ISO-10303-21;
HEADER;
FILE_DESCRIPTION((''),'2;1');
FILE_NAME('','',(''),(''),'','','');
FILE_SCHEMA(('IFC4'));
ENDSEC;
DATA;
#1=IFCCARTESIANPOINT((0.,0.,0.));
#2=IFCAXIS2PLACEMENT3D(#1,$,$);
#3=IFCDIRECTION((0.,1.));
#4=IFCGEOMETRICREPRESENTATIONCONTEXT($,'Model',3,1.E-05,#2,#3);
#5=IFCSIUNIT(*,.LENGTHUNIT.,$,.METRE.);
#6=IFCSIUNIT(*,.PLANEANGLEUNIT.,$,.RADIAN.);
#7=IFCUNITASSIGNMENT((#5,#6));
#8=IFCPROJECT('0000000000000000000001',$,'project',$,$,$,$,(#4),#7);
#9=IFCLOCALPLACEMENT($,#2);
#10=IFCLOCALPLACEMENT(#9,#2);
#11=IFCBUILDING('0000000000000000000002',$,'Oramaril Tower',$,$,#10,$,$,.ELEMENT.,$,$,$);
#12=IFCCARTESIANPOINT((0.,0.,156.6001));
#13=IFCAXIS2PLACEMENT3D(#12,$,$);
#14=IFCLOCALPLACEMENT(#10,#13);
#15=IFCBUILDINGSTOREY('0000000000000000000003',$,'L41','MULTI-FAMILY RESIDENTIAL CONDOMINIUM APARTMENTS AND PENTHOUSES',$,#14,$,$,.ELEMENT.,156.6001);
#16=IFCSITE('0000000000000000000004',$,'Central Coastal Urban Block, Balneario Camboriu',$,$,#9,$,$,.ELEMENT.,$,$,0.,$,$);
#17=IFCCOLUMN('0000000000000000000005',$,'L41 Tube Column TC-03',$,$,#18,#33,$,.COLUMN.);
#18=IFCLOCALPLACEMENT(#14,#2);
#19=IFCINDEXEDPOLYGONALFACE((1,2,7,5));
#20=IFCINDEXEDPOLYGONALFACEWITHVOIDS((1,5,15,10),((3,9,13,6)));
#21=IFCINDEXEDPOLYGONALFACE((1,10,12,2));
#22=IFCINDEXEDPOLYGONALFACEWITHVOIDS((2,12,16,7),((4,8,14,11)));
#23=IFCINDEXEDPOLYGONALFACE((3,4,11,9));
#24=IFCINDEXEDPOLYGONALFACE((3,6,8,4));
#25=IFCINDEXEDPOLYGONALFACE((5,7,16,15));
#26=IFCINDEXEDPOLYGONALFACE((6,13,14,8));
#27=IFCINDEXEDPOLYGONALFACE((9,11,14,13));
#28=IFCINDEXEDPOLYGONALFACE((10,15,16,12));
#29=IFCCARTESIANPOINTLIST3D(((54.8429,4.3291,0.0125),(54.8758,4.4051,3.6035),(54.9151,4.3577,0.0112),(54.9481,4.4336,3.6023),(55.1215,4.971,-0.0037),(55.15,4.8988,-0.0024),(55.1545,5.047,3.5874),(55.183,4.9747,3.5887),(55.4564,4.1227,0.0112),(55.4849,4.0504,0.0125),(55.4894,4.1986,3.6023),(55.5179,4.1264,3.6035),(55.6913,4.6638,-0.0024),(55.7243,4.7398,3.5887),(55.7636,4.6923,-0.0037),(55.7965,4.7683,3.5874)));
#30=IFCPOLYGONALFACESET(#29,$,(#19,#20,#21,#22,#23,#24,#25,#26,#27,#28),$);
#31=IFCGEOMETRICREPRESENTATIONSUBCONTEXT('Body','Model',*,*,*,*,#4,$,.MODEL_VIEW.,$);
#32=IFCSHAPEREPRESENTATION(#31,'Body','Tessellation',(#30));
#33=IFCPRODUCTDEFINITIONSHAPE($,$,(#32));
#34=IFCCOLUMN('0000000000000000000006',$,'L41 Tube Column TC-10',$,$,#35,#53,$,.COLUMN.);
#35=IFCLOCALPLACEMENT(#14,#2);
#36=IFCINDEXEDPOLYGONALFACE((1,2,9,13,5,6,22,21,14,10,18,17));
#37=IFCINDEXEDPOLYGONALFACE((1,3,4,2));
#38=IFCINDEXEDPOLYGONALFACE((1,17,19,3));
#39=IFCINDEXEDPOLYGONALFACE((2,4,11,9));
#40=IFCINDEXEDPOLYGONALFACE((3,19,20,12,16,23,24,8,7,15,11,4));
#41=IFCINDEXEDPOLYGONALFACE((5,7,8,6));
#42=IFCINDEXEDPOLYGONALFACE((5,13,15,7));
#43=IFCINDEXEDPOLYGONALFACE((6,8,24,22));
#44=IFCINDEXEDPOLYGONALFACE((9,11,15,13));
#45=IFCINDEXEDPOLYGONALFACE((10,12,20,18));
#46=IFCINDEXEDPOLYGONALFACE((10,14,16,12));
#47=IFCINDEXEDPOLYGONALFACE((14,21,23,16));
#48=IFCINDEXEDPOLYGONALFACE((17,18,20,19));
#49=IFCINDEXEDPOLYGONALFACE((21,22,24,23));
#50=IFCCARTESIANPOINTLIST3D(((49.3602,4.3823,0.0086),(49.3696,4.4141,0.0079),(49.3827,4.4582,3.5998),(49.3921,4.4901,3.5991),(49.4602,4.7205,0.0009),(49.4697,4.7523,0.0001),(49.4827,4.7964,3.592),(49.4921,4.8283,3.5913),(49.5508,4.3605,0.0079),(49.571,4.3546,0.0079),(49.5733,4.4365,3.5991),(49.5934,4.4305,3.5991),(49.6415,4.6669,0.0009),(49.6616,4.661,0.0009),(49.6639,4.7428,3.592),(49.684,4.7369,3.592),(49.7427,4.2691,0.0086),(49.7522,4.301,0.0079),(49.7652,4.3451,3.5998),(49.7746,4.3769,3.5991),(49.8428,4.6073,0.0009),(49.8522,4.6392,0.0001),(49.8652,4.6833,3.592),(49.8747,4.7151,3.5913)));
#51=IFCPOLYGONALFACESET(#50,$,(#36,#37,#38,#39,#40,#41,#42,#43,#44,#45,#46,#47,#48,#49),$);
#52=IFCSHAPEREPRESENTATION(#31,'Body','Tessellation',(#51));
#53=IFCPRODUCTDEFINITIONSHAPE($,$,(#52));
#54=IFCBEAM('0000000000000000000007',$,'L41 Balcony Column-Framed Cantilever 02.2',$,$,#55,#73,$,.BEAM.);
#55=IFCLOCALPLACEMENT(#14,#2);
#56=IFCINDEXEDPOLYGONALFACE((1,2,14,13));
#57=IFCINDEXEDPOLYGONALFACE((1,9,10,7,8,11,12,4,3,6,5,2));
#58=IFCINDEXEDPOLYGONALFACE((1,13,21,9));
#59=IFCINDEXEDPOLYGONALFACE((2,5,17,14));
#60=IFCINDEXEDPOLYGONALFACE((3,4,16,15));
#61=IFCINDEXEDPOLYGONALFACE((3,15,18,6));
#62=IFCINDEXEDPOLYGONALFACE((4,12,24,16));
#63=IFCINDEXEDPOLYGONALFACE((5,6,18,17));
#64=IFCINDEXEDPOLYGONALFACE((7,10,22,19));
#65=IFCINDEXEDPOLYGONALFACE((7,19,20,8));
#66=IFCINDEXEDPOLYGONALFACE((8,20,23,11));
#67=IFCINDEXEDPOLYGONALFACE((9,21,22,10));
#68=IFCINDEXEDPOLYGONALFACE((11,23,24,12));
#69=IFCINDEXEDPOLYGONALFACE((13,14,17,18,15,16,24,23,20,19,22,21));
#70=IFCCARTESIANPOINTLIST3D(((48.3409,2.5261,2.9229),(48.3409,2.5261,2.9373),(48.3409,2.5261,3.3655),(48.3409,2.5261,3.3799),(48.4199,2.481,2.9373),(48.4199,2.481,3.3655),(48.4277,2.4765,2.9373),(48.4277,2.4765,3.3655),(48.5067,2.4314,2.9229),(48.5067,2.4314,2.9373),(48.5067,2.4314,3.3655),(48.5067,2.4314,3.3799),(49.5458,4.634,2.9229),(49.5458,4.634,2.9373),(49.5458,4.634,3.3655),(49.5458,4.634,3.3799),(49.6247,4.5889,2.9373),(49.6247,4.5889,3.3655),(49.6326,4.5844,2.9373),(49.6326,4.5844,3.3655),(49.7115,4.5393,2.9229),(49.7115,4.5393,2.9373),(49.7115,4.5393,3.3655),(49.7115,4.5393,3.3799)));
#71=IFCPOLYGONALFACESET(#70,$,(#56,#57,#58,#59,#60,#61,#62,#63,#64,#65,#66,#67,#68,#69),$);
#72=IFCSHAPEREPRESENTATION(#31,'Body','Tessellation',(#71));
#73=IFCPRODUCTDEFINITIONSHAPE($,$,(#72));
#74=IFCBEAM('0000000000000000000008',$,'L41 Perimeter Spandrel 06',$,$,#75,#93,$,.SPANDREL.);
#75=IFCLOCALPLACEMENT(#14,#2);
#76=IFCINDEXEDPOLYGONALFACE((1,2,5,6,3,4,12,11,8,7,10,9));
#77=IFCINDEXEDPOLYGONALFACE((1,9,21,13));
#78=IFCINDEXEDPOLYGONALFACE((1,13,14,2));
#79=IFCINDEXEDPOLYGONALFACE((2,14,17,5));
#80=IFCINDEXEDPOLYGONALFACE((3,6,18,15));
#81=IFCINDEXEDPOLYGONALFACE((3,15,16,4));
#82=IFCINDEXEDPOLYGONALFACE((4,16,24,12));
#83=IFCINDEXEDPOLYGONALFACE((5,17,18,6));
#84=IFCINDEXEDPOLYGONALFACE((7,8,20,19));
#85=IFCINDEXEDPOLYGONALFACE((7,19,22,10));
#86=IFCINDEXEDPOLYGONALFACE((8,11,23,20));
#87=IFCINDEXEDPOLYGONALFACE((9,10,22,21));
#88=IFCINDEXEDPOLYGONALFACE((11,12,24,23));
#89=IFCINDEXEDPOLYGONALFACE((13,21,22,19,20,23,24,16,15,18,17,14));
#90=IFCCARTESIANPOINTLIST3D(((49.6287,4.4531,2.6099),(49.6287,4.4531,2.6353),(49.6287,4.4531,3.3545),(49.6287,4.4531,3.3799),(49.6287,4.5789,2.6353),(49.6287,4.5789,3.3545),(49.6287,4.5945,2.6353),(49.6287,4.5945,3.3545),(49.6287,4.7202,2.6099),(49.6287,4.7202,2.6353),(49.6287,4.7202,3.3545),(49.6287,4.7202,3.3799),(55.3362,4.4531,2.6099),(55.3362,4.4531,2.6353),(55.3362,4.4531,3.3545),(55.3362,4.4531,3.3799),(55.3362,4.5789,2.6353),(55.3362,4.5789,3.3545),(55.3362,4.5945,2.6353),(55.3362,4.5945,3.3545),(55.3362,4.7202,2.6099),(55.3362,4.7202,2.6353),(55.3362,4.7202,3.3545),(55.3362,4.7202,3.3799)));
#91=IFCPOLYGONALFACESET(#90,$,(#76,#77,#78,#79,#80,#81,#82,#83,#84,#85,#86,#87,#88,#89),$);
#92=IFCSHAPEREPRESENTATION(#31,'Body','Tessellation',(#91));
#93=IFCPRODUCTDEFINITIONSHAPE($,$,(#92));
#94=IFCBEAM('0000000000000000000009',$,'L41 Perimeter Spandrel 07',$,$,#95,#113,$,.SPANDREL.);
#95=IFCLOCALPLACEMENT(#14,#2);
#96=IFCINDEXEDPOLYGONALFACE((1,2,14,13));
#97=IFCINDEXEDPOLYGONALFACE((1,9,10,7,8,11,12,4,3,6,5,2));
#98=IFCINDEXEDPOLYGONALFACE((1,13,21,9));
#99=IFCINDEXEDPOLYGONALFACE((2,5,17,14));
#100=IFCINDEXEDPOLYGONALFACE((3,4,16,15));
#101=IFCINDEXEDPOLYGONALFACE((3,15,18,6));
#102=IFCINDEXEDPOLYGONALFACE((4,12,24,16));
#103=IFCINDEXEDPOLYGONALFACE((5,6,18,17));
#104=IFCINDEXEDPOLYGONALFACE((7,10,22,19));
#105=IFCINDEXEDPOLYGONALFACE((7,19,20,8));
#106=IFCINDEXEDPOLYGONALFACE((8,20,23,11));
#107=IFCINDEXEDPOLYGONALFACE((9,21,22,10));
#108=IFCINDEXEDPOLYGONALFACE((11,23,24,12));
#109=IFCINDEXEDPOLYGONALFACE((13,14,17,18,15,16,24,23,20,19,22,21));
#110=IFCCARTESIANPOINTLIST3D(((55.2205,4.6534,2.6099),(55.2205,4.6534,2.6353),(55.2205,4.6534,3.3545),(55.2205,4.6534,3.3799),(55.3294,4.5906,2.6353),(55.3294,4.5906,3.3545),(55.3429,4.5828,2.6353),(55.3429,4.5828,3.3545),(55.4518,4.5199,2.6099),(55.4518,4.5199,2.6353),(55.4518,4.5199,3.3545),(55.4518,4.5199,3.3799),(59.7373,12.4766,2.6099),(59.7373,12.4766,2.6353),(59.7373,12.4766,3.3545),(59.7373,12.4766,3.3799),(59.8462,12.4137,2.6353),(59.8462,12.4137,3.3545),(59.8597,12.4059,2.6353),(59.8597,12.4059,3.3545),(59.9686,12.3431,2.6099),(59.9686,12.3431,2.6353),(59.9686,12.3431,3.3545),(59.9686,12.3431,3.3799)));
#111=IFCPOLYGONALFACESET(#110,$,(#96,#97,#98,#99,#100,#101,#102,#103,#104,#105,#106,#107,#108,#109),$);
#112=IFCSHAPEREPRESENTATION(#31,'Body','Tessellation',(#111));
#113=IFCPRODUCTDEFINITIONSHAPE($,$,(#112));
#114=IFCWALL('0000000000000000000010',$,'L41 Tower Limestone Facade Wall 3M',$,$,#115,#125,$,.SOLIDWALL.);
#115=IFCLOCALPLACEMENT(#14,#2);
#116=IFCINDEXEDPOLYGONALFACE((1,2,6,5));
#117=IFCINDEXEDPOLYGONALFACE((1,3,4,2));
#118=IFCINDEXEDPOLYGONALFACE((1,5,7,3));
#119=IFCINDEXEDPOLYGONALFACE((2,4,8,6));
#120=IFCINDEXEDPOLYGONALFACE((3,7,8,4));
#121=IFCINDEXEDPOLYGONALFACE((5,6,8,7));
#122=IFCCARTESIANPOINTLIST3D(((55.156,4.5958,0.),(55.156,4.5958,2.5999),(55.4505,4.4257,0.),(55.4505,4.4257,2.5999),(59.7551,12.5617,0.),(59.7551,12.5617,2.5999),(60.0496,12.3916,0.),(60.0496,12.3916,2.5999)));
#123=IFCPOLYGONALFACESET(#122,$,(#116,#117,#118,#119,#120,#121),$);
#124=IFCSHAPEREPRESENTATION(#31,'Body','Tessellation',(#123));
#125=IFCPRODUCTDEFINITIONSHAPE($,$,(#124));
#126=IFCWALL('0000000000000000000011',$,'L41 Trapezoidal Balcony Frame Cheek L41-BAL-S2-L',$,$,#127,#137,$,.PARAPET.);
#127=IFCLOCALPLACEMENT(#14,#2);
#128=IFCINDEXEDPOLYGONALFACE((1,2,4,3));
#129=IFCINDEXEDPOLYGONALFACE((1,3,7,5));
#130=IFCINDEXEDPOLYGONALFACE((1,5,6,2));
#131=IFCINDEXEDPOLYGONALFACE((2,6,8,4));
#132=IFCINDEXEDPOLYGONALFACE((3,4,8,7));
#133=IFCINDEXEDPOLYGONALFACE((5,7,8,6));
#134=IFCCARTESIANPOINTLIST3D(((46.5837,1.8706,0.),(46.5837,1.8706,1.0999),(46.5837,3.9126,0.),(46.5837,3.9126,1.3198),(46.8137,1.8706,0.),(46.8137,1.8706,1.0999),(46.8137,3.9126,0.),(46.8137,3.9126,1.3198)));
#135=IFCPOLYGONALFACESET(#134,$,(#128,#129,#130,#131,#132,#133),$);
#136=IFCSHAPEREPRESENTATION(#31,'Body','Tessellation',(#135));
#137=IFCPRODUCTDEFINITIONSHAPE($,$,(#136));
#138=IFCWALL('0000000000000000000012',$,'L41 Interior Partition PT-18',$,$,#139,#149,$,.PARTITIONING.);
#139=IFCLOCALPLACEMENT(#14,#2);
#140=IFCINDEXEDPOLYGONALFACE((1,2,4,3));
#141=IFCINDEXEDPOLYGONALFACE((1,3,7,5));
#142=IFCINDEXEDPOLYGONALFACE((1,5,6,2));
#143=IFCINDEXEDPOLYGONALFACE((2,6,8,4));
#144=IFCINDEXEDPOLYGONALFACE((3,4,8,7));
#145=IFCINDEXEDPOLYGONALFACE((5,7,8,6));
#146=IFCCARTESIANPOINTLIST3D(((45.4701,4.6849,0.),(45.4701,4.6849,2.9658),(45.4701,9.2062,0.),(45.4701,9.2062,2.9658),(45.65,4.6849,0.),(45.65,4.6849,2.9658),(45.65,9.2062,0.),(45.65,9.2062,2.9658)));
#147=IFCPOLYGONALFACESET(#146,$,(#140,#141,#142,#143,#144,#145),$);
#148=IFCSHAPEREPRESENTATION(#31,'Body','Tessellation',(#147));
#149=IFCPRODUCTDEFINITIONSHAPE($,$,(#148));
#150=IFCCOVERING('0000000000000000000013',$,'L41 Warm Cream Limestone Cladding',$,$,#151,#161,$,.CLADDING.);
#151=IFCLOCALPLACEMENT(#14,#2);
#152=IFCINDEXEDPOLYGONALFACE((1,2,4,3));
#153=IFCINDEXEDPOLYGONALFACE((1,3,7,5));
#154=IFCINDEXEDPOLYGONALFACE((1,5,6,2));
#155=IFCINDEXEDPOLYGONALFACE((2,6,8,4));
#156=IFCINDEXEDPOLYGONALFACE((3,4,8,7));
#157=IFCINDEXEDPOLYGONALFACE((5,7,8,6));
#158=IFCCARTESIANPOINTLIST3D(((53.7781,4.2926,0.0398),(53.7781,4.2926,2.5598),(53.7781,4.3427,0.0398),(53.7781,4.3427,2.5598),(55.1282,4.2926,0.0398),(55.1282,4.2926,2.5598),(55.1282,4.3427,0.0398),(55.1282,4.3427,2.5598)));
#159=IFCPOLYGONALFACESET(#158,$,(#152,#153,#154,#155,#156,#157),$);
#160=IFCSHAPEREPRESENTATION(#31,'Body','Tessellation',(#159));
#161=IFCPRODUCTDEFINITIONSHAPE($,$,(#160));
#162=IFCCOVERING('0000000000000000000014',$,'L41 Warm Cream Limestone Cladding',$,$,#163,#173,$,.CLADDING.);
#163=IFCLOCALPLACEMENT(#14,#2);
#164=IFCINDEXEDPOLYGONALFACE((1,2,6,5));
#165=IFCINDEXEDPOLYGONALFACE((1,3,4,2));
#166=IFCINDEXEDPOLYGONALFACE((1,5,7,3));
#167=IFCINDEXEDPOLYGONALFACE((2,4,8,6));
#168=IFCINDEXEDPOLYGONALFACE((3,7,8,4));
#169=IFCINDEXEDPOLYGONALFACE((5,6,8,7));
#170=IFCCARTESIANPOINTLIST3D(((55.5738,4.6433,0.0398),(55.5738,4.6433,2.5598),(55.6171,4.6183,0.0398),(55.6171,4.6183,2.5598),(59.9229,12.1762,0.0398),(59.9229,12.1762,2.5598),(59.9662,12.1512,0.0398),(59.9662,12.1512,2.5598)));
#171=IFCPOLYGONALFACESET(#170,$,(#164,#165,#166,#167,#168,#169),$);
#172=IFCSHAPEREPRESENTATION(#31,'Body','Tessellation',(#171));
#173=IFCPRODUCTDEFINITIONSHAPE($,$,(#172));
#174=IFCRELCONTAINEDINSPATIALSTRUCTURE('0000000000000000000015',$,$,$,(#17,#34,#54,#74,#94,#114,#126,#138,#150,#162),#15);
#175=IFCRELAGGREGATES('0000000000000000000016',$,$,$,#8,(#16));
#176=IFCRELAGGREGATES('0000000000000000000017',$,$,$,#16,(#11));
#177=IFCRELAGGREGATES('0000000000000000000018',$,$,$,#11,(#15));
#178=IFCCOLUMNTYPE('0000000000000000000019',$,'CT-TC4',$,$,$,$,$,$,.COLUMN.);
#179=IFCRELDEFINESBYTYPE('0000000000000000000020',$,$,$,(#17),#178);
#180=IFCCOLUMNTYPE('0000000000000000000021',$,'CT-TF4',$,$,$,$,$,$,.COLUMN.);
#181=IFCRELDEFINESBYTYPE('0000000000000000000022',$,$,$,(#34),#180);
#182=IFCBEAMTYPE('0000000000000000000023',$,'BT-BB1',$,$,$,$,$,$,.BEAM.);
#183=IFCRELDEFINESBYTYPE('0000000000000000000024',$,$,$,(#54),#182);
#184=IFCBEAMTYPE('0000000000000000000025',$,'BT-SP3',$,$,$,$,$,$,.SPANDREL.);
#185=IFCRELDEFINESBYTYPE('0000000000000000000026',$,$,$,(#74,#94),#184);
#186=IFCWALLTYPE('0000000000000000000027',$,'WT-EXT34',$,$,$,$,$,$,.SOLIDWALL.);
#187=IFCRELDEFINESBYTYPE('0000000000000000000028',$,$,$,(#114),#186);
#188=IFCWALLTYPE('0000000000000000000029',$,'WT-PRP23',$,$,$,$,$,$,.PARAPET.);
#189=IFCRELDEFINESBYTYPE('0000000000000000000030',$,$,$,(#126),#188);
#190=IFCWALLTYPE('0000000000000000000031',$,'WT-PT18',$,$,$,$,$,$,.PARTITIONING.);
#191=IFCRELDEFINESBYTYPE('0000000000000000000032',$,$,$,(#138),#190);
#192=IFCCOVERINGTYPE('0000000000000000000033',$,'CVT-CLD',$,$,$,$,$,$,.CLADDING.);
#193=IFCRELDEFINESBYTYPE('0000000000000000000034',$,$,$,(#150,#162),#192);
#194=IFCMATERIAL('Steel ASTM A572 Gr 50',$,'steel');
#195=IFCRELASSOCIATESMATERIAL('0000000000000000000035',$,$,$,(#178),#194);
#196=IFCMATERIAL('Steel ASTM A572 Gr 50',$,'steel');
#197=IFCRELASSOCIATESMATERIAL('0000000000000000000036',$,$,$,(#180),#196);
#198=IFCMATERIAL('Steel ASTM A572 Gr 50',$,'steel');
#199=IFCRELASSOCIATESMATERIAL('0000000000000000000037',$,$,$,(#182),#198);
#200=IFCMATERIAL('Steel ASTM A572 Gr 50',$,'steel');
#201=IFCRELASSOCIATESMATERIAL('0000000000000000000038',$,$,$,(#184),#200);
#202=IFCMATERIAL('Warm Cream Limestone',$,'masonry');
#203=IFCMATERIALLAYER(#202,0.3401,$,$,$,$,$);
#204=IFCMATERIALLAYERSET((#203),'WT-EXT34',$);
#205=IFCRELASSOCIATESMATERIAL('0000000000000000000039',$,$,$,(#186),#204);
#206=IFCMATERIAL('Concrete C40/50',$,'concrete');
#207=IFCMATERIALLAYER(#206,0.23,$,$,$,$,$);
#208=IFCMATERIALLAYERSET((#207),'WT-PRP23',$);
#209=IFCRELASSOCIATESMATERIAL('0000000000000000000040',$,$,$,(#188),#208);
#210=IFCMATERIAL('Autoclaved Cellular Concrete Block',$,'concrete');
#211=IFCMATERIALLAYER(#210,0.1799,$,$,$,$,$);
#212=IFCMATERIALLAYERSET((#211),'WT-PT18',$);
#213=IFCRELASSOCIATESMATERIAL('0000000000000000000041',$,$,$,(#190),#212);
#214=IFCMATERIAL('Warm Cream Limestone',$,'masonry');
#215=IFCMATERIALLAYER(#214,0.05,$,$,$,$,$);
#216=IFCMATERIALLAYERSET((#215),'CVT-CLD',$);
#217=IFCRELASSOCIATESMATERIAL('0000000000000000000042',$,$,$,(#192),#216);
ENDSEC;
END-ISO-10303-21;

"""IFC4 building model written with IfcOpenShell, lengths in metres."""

from ifc_helpers import new_model, si_unit, direction, frame, frame_2d, origin, origin_2d, place, context, subcontext, project, spatial, polyline, rectangle, hollow_rectangle, i_section, outline, extrude, material, layer, layer_set, material_profile, profile_set, type_object, element, save


model = new_model("IFC4")

# Units and contexts
model_context = context("Model", 3, precision=1e-05, world=origin(), true_north=direction((0.0, 1.0)))
body_context = subcontext(model_context, "Body", "Model", "MODEL_VIEW")
ifc_project = project(units=[si_unit("LENGTHUNIT", "METRE"), si_unit("PLANEANGLEUNIT", "RADIAN")], contexts=[model_context])

# Site, building, storey
site_placement = place(None, origin())
site = spatial("IfcSite", under=ifc_project, at=site_placement, Name="Central Coastal Urban Block, Balneario Camboriu", CompositionType="ELEMENT", RefElevation=0.0)
building_placement = place(site_placement, origin())
building = spatial("IfcBuilding", under=site, at=building_placement, Name="Oramaril Tower", CompositionType="ELEMENT")
storey_placement = place(building_placement, frame((0.0, 0.0, 156.6001)))
storey = spatial("IfcBuildingStorey", under=building, at=storey_placement, Name="L41", Description="MULTI-FAMILY RESIDENTIAL CONDOMINIUM APARTMENTS AND PENTHOUSES", CompositionType="ELEMENT", Elevation=156.6001)

# Columns
ifc_material_1 = material(Name="Steel ASTM A572 Gr 50", Category="steel")
ifc_material_profile_1 = material_profile(ifc_material_1, hollow_rectangle(XDim=0.7, YDim=0.7, WallThickness=0.0549, at=origin_2d()), Name="BOX700X700X55")
ifc_profile_set_1 = profile_set([ifc_material_profile_1], Name="Steel ASTM A572 Gr 50")
column_type_1 = type_object("IfcColumnType", Name="CT-TC4", PredefinedType="COLUMN", material=ifc_profile_set_1)
column_1_placement = place(storey_placement, frame((55.3032, 4.5107, 0.0044), z_axis=(0.009176, 0.021138, 0.999734), x_axis=(-0.917304, 0.398187, 0.0)))
element("IfcColumn", 1, at=column_1_placement, inside=storey, type_object=column_type_1, Name="L41 Tube Column TC-03", PredefinedType="COLUMN", context=body_context, shape_type="SweptSolid", body=[
    extrude(hollow_rectangle(XDim=0.7, YDim=0.7, WallThickness=0.0549, at=origin_2d()), origin(), (0.0, 0.0, 1.0), 3.592),
])
ifc_material_2 = material(Name="Steel ASTM A572 Gr 50", Category="steel")
ifc_material_profile_2 = material_profile(ifc_material_2, i_section(OverallWidth=0.3989, OverallDepth=0.386, WebThickness=0.021, FlangeThickness=0.0332, at=origin_2d()), Name="W14X176")
ifc_profile_set_2 = profile_set([ifc_material_profile_2], Name="Steel ASTM A572 Gr 50")
column_type_2 = type_object("IfcColumnType", Name="CT-TF4", PredefinedType="COLUMN", material=ifc_profile_set_2)
column_2_placement = place(storey_placement, frame((49.6062, 4.5107, 0.0044), z_axis=(0.006253, 0.021138, 0.999757), x_axis=(-0.958922, 0.283668, 0.0)))
element("IfcColumn", 2, at=column_2_placement, inside=storey, type_object=column_type_2, Name="L41 Tube Column TC-10", PredefinedType="COLUMN", context=body_context, shape_type="SweptSolid", body=[
    extrude(i_section(OverallWidth=0.3989, OverallDepth=0.386, WebThickness=0.021, FlangeThickness=0.0332, at=origin_2d()), origin(), (0.0, 0.0, 1.0), 3.592),
])

# Beams
ifc_material_3 = material(Name="Steel ASTM A572 Gr 50", Category="steel")
ifc_material_profile_3 = material_profile(ifc_material_3, i_section(OverallWidth=0.1909, OverallDepth=0.457, WebThickness=0.009, FlangeThickness=0.0144, at=origin_2d()), Name="W18X50")
ifc_profile_set_3 = profile_set([ifc_material_profile_3], Name="Steel ASTM A572 Gr 50")
beam_type_1 = type_object("IfcBeamType", Name="BT-BB1", PredefinedType="BEAM", material=ifc_profile_set_3)
beam_1_placement = place(storey_placement, frame((49.6287, 4.5867, 3.1514), z_axis=(-0.496236, -0.868187, 0.0), x_axis=(0.868187, -0.496236, 0.0)))
element("IfcBeam", 3, at=beam_1_placement, inside=storey, type_object=beam_type_1, Name="L41 Balcony Column-Framed Cantilever 02.2", PredefinedType="BEAM", context=body_context, shape_type="SweptSolid", body=[
    extrude(i_section(OverallWidth=0.1909, OverallDepth=0.457, WebThickness=0.009, FlangeThickness=0.0144, at=origin_2d()), origin(), (0.0, 0.0, 1.0), 2.428),
])
ifc_material_4 = material(Name="Steel ASTM A572 Gr 50", Category="steel")
ifc_material_profile_4 = material_profile(ifc_material_4, i_section(OverallWidth=0.2671, OverallDepth=0.77, WebThickness=0.0156, FlangeThickness=0.0254, at=origin_2d()), Name="W30X132")
ifc_profile_set_4 = profile_set([ifc_material_profile_4], Name="Steel ASTM A572 Gr 50")
beam_type_2 = type_object("IfcBeamType", Name="BT-SP3", PredefinedType="SPANDREL", material=ifc_profile_set_4)
beam_2_placement = place(storey_placement, frame((49.6287, 4.5867, 2.9949), z_axis=(1.0, 0.0, 0.0), x_axis=(0.0, 1.0, 0.0)))
element("IfcBeam", 4, at=beam_2_placement, inside=storey, type_object=beam_type_2, Name="L41 Perimeter Spandrel 06", PredefinedType="SPANDREL", context=body_context, shape_type="SweptSolid", body=[
    extrude(i_section(OverallWidth=0.2671, OverallDepth=0.77, WebThickness=0.0156, FlangeThickness=0.0254, at=origin_2d()), origin(), (0.0, 0.0, 1.0), 5.7075),
])
beam_3_placement = place(storey_placement, frame((55.3362, 4.5867, 2.9949), z_axis=(0.500008, 0.866021, 0.0), x_axis=(-0.866021, 0.500008, 0.0)))
element("IfcBeam", 5, at=beam_3_placement, inside=storey, type_object=beam_type_2, Name="L41 Perimeter Spandrel 07", PredefinedType="SPANDREL", context=body_context, shape_type="SweptSolid", body=[
    extrude(i_section(OverallWidth=0.2671, OverallDepth=0.77, WebThickness=0.0156, FlangeThickness=0.0254, at=origin_2d()), origin(), (0.0, 0.0, 1.0), 9.0334),
])

# Walls
ifc_material_5 = material(Name="Warm Cream Limestone", Category="masonry")
ifc_layer_1 = layer(ifc_material_5, 0.3401)
ifc_layer_set_1 = layer_set([ifc_layer_1], Name="WT-EXT34")
wall_type_1 = type_object("IfcWallType", Name="WT-EXT34", PredefinedType="SOLIDWALL", material=ifc_layer_set_1)
wall_1_placement = place(storey_placement, frame((55.3032, 4.5107, 0.0), z_axis=(0.0, 0.0, 1.0), x_axis=(0.500004, 0.866023, 0.0)))
element("IfcWall", 6, at=wall_1_placement, inside=storey, type_object=wall_type_1, Name="L41 Tower Limestone Facade Wall 3M", PredefinedType="SOLIDWALL", context=body_context, shape_type="SweptSolid", body=[
    extrude(rectangle(XDim=9.1982, YDim=0.3401, at=frame_2d((4.5991, 0.0))), origin(), (0.0, 0.0, 1.0), 2.5999),
])
ifc_material_6 = material(Name="Concrete C40/50", Category="concrete")
ifc_layer_2 = layer(ifc_material_6, 0.23)
ifc_layer_set_2 = layer_set([ifc_layer_2], Name="WT-PRP23")
wall_type_2 = type_object("IfcWallType", Name="WT-PRP23", PredefinedType="PARAPET", material=ifc_layer_set_2)
wall_2_placement = place(storey_placement, frame((46.6987, 3.9126, 0.0), z_axis=(0.0, 0.0, 1.0), x_axis=(0.0, -1.0, 0.0)))
element("IfcWall", 7, at=wall_2_placement, inside=storey, type_object=wall_type_2, Name="L41 Trapezoidal Balcony Frame Cheek L41-BAL-S2-L", PredefinedType="PARAPET", context=body_context, shape_type="SweptSolid", body=[
    extrude(outline(polyline([(0.0, 0.0), (2.042, 0.0), (2.042, 1.0999), (0.0, 1.3198), (0.0, 0.0)])), frame((0.0, 0.115, 0.0), z_axis=(0.0, -1.0, 0.0), x_axis=(1.0, 0.0, 0.0)), (0.0, 0.0, 1.0), 0.23),
])
ifc_material_7 = material(Name="Autoclaved Cellular Concrete Block", Category="concrete")
ifc_layer_3 = layer(ifc_material_7, 0.1799)
ifc_layer_set_3 = layer_set([ifc_layer_3], Name="WT-PT18")
wall_type_3 = type_object("IfcWallType", Name="WT-PT18", PredefinedType="PARTITIONING", material=ifc_layer_set_3)
wall_3_placement = place(storey_placement, frame((45.5601, 4.6848, 0.0), z_axis=(0.0, 0.0, 1.0), x_axis=(0.0, 1.0, 0.0)))
element("IfcWall", 8, at=wall_3_placement, inside=storey, type_object=wall_type_3, Name="L41 Interior Partition PT-18", PredefinedType="PARTITIONING", context=body_context, shape_type="SweptSolid", body=[
    extrude(rectangle(XDim=4.5212, YDim=0.1799, at=frame_2d((2.2607, 0.0))), origin(), (0.0, 0.0, 1.0), 2.9658),
])

# Coverings
ifc_material_8 = material(Name="Warm Cream Limestone", Category="masonry")
ifc_layer_4 = layer(ifc_material_8, 0.05)
ifc_layer_set_4 = layer_set([ifc_layer_4], Name="CVT-CLD")
covering_type = type_object("IfcCoveringType", Name="CVT-CLD", PredefinedType="CLADDING", material=ifc_layer_set_4)
covering_1_placement = place(storey_placement, frame((54.4531, 4.3176, 0.0398), z_axis=(0.0, 0.0, 1.0), x_axis=(1.0, 0.0, 0.0)))
element("IfcCovering", 9, at=covering_1_placement, inside=storey, type_object=covering_type, Name="L41 Warm Cream Limestone Cladding", PredefinedType="CLADDING", context=body_context, shape_type="SweptSolid", body=[
    extrude(rectangle(XDim=1.3501, YDim=0.05, at=origin_2d()), origin(), (0.0, 0.0, 1.0), 2.52),
])
covering_2_placement = place(storey_placement, frame((57.77, 8.3972, 0.0398), z_axis=(0.0, 0.0, 1.0), x_axis=(0.499998, 0.866026, 0.0)))
element("IfcCovering", 10, at=covering_2_placement, inside=storey, type_object=covering_type, Name="L41 Warm Cream Limestone Cladding", PredefinedType="CLADDING", context=body_context, shape_type="SweptSolid", body=[
    extrude(rectangle(XDim=8.6982, YDim=0.05, at=origin_2d()), origin(), (0.0, 0.0, 1.0), 2.52),
])

save(model, "model.ifc")
